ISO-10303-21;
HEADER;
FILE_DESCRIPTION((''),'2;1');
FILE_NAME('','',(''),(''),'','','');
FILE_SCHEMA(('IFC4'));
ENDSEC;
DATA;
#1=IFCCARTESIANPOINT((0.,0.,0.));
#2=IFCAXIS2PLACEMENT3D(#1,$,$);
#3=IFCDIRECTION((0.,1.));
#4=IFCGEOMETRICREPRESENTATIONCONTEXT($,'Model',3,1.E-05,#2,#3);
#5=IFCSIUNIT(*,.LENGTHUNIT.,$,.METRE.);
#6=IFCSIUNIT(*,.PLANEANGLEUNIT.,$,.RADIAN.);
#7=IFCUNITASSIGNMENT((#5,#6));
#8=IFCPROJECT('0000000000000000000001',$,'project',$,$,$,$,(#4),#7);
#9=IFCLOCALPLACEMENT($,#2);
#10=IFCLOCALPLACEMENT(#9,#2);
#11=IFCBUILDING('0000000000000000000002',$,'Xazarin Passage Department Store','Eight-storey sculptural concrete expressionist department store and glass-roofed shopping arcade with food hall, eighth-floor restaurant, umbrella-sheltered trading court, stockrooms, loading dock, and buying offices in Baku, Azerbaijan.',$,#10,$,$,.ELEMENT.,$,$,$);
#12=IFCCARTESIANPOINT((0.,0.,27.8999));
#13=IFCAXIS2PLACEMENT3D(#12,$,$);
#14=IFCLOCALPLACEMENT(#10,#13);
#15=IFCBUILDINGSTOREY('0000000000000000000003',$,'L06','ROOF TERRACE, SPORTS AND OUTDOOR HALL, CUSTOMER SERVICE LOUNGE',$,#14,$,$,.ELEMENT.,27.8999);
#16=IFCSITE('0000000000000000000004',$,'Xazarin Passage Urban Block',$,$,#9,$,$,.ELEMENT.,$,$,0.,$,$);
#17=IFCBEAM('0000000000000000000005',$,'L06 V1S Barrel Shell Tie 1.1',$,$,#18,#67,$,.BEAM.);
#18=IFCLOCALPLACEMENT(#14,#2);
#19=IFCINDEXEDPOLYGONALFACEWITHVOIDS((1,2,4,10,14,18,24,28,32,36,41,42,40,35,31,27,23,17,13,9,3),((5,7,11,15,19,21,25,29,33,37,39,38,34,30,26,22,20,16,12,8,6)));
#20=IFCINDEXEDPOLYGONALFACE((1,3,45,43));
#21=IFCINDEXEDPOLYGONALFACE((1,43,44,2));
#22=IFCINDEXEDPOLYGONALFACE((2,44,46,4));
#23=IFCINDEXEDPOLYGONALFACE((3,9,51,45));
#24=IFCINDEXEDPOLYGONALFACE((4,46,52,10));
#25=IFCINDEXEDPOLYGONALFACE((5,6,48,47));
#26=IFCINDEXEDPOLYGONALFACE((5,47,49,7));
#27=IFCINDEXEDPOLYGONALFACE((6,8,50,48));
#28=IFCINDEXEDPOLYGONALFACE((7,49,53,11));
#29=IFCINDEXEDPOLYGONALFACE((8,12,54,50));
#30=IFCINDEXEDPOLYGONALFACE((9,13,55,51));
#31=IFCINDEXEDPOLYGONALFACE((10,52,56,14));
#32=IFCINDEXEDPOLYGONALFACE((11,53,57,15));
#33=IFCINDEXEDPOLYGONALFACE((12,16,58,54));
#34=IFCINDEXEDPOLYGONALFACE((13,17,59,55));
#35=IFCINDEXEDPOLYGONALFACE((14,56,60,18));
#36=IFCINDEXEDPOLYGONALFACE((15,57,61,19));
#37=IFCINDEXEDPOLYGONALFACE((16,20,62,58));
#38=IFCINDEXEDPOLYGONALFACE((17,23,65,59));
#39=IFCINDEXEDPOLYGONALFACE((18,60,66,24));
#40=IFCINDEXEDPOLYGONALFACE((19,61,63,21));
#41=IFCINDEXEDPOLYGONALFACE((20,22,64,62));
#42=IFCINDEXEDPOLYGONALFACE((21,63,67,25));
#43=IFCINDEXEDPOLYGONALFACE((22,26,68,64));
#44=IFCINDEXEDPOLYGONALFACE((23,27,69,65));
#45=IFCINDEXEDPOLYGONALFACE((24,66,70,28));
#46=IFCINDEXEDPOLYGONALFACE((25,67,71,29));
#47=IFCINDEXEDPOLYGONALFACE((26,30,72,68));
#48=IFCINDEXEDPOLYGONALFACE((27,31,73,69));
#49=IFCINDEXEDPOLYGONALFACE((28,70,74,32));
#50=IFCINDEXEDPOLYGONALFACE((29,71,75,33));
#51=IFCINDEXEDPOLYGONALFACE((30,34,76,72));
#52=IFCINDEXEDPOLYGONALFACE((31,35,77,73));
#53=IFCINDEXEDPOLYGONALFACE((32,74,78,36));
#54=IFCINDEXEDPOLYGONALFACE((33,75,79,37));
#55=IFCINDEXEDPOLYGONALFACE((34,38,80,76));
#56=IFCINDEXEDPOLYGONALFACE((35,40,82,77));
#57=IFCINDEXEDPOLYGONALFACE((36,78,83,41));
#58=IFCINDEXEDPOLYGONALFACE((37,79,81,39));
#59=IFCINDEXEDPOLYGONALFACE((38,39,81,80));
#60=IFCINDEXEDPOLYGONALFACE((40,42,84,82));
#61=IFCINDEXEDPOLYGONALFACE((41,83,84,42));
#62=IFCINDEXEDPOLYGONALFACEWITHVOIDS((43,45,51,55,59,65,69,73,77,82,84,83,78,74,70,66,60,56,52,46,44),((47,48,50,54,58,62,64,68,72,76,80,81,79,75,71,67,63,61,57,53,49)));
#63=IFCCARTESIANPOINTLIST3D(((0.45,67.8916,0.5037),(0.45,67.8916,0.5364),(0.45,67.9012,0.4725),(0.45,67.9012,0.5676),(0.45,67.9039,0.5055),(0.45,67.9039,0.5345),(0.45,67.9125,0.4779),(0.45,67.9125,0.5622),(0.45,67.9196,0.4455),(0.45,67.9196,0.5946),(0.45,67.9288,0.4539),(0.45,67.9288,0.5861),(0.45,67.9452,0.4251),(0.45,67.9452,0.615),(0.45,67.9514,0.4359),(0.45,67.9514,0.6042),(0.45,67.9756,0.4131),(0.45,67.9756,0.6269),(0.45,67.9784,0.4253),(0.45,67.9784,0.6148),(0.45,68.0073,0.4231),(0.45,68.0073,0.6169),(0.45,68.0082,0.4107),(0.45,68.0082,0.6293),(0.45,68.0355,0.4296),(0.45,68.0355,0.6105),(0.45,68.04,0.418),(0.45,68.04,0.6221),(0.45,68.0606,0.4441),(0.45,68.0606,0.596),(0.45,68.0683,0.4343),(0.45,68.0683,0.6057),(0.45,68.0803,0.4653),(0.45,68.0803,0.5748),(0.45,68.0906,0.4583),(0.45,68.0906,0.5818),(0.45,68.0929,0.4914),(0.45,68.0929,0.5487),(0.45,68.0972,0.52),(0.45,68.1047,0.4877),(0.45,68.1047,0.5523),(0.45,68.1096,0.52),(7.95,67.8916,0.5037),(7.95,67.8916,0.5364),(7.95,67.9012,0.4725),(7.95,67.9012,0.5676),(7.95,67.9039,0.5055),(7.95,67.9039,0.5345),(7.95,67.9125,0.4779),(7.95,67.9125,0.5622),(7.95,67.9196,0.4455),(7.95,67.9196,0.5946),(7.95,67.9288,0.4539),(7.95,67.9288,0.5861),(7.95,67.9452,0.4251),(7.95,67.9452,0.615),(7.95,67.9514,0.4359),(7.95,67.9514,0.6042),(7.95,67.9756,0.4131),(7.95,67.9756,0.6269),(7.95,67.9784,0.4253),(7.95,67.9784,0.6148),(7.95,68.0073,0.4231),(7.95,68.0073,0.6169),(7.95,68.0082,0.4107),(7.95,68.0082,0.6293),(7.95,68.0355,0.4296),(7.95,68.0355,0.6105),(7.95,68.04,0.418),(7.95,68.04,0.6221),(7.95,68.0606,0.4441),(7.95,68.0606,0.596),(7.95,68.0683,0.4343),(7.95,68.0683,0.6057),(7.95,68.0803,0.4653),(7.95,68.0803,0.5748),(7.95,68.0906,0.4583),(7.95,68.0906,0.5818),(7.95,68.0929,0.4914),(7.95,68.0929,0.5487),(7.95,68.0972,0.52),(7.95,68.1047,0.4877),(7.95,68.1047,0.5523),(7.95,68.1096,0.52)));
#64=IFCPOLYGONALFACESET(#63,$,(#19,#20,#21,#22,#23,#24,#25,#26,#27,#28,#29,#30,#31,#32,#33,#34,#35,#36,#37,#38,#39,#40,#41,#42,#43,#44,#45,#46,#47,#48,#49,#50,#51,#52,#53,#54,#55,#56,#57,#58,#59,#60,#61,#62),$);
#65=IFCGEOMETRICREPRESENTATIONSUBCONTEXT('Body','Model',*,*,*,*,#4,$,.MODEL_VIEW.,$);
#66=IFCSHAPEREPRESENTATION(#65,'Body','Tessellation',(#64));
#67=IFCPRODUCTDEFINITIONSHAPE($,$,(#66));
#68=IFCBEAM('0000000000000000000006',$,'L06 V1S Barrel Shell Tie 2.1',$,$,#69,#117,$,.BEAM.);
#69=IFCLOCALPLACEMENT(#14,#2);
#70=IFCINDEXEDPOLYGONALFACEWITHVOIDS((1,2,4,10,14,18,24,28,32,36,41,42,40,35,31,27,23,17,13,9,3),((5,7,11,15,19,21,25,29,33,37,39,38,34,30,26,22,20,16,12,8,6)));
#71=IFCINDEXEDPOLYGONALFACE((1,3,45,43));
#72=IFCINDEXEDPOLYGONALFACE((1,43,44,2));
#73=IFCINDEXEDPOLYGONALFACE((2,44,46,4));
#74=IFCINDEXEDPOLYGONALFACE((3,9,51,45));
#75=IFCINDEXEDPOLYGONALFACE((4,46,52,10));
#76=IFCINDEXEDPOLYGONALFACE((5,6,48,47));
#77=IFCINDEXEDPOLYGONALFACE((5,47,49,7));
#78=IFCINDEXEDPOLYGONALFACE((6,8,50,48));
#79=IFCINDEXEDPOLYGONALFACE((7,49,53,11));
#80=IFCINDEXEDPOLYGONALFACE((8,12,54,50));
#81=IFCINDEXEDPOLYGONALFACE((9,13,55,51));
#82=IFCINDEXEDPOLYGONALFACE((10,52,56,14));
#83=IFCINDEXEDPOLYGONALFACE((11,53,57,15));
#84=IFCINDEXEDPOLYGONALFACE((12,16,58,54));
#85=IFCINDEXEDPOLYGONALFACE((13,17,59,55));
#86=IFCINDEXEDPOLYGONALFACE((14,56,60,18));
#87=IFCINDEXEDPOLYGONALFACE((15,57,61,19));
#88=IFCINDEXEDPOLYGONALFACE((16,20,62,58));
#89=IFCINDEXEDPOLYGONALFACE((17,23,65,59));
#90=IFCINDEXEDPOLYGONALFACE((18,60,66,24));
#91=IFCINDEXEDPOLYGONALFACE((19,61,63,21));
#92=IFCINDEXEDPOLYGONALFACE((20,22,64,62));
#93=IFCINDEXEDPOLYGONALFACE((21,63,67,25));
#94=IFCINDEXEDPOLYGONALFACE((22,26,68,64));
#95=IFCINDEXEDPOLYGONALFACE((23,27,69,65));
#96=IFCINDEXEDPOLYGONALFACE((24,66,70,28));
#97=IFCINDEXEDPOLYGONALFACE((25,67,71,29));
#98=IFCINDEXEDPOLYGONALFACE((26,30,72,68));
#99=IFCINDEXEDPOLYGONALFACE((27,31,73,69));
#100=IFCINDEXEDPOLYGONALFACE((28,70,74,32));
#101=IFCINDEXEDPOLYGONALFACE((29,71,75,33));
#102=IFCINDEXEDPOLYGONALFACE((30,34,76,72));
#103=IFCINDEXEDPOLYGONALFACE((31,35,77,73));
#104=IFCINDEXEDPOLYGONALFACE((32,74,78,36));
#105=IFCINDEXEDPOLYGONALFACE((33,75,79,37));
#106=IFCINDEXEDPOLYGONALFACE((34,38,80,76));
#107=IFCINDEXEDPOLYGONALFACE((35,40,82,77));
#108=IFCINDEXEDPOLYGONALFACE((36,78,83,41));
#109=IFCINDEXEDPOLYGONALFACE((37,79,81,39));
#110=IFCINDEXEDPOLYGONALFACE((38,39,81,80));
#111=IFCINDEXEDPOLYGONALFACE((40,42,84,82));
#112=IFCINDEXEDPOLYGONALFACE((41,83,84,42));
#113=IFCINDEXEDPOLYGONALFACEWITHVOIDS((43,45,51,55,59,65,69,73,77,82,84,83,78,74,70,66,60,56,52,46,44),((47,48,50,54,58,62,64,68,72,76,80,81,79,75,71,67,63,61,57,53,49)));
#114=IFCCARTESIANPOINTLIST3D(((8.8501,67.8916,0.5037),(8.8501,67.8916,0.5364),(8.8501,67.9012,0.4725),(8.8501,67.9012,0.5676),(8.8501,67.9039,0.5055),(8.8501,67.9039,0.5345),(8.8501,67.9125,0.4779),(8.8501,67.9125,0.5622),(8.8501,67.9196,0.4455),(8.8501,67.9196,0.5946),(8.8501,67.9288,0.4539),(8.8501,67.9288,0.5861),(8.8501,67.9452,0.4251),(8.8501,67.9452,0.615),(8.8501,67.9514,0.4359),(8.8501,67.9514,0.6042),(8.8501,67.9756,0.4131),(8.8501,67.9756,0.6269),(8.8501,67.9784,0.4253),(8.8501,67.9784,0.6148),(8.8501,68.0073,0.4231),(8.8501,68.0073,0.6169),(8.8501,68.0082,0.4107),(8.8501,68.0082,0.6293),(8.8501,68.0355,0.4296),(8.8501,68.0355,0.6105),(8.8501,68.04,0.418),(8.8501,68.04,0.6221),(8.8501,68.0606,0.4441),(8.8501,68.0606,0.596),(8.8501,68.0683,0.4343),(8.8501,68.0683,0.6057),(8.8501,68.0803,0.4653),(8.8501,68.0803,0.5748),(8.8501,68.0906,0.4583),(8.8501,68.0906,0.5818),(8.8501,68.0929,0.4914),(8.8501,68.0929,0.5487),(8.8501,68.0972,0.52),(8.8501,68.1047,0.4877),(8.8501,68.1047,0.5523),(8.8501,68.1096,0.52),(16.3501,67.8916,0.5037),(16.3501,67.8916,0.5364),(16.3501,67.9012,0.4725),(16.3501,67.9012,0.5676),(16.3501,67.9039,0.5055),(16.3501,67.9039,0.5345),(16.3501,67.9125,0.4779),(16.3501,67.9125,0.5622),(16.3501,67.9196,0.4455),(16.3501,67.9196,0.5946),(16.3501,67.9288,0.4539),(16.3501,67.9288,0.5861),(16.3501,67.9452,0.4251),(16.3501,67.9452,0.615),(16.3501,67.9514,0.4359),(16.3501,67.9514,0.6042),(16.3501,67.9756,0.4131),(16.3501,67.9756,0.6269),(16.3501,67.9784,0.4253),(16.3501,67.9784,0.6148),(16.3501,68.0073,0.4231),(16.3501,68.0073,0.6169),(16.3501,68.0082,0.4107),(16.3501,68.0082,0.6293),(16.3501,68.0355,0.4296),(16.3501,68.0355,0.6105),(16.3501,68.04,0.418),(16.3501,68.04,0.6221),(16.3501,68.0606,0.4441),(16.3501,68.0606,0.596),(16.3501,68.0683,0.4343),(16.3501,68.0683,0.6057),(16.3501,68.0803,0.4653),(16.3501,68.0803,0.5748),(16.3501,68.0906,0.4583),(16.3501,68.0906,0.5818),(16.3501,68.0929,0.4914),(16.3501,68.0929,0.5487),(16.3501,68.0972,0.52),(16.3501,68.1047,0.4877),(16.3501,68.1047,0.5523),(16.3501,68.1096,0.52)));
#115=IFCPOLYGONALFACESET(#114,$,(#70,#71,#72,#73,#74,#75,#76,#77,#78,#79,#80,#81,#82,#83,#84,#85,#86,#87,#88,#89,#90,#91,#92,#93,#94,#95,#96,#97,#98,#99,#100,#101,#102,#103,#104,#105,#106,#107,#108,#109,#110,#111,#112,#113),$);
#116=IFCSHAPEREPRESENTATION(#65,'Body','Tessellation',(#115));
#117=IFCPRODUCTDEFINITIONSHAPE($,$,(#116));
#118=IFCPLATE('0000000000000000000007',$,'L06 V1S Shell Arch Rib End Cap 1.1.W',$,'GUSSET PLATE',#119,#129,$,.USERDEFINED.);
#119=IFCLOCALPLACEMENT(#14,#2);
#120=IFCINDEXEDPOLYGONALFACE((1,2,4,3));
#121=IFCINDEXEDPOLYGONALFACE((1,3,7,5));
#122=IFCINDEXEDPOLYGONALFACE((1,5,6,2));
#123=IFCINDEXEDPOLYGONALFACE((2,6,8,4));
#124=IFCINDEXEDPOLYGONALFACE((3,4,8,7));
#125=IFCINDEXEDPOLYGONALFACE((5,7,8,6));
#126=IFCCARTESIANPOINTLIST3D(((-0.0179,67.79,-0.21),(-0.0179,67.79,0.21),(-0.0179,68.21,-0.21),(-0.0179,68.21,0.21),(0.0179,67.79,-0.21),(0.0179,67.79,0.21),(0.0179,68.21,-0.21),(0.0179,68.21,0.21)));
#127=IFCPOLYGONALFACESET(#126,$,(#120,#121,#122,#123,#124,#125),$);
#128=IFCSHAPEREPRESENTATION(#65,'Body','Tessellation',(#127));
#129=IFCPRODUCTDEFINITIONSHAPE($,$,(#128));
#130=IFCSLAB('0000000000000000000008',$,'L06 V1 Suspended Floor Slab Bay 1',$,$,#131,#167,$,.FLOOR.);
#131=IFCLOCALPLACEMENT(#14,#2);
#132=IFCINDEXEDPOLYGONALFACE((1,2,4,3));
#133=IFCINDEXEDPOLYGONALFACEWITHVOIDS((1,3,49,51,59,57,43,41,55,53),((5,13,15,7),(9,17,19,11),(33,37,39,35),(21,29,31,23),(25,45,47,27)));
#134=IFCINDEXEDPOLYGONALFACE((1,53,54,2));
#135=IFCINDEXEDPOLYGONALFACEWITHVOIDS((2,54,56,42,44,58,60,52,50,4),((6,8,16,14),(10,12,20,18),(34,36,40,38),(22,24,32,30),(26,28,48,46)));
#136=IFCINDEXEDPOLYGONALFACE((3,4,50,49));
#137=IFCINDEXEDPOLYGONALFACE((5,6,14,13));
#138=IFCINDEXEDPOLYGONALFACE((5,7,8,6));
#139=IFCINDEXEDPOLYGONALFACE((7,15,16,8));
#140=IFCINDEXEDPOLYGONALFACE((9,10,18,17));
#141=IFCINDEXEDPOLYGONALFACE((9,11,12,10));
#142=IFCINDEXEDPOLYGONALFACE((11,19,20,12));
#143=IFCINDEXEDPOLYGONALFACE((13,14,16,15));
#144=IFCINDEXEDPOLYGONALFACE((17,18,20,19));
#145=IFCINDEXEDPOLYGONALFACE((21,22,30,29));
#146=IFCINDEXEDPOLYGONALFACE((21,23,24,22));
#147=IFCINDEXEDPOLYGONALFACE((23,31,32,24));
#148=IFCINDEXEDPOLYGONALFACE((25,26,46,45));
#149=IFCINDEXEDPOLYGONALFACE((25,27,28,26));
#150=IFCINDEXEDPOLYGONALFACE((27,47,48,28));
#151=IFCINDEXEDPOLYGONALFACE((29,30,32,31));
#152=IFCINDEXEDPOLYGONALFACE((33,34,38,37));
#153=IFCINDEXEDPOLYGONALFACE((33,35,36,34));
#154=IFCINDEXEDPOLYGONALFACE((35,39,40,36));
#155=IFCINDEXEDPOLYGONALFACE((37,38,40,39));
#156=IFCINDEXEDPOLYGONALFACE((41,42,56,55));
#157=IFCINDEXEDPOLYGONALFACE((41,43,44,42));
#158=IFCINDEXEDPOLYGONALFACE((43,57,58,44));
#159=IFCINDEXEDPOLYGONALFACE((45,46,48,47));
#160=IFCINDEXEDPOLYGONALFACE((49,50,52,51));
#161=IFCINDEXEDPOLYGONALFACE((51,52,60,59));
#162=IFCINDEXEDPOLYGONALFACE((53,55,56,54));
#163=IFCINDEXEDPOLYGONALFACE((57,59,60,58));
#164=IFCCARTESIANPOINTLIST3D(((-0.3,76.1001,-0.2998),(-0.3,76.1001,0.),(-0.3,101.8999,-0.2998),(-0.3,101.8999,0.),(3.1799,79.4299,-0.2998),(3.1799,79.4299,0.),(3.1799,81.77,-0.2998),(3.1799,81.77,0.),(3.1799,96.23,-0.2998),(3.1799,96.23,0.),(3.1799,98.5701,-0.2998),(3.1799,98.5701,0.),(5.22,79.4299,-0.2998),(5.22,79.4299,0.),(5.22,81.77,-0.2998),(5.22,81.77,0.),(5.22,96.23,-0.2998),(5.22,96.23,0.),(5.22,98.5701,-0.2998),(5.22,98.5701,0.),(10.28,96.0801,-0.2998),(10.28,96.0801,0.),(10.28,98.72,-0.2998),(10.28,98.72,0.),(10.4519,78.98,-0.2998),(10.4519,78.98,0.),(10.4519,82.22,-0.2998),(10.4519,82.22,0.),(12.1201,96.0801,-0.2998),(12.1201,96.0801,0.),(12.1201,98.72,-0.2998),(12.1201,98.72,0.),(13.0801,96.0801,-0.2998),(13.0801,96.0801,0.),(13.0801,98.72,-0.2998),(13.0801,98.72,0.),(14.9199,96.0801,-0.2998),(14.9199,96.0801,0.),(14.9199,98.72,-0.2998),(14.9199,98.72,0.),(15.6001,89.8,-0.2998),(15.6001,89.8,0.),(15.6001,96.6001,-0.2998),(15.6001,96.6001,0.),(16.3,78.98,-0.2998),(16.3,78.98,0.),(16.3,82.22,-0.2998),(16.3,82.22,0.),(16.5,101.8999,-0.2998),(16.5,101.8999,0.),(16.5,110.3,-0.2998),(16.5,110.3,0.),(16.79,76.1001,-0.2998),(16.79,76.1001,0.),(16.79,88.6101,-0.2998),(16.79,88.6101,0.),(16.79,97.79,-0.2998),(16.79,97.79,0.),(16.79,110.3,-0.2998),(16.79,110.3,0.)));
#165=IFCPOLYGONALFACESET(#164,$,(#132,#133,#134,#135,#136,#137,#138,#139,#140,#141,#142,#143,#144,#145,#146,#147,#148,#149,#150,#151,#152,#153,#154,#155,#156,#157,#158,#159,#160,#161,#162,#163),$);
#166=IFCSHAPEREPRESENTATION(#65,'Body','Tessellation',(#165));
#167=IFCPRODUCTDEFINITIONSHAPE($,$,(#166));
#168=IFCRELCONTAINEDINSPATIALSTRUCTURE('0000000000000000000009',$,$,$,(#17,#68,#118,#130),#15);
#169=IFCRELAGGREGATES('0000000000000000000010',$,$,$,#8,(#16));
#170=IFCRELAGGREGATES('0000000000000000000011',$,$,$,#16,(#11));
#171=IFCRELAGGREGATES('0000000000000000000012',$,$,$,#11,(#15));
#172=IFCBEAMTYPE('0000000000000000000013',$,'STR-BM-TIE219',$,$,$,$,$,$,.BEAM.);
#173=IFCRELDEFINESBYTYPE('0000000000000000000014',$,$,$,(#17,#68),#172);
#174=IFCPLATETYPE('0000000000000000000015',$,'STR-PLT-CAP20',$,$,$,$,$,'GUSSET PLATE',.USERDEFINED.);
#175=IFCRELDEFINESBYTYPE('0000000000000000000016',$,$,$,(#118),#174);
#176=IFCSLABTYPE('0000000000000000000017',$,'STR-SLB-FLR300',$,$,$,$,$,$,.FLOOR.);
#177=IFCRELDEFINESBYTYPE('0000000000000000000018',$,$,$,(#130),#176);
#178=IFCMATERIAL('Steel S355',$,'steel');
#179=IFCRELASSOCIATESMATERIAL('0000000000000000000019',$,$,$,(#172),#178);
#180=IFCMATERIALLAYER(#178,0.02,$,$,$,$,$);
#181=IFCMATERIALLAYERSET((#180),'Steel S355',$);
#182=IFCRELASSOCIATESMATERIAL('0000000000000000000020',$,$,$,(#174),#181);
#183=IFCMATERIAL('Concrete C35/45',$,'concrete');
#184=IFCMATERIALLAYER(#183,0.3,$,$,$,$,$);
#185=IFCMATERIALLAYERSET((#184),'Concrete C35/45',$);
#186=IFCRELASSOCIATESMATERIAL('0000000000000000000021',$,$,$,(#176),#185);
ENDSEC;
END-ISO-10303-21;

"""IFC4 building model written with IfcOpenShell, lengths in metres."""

from ifc_helpers import new_model, si_unit, direction, frame, origin, origin_2d, place, context, subcontext, project, spatial, polyline, rectangle, hollow_circle, outline, extrude, material, layer, layer_set, material_profile, profile_set, type_object, element, save


model = new_model("IFC4")

# Units and contexts
model_context = context("Model", 3, precision=1e-05, world=origin(), true_north=direction((0.0, 1.0)))
body_context = subcontext(model_context, "Body", "Model", "MODEL_VIEW")
ifc_project = project(units=[si_unit("LENGTHUNIT", "METRE"), si_unit("PLANEANGLEUNIT", "RADIAN")], contexts=[model_context])

# Site, building, storey
site_placement = place(None, origin())
site = spatial("IfcSite", under=ifc_project, at=site_placement, Name="Xazarin Passage Urban Block", CompositionType="ELEMENT", RefElevation=0.0)
building_placement = place(site_placement, origin())
building = spatial("IfcBuilding", under=site, at=building_placement, Name="Xazarin Passage Department Store", Description="Eight-storey sculptural concrete expressionist department store and glass-roofed shopping arcade with food hall, eighth-floor restaurant, umbrella-sheltered trading court, stockrooms, loading dock, and buying offices in Baku, Azerbaijan.", CompositionType="ELEMENT")
storey_placement = place(building_placement, frame((0.0, 0.0, 27.8999)))
storey = spatial("IfcBuildingStorey", under=building, at=storey_placement, Name="L06", Description="ROOF TERRACE, SPORTS AND OUTDOOR HALL, CUSTOMER SERVICE LOUNGE", CompositionType="ELEMENT", Elevation=27.8999)

# Beams
ifc_material_1 = material(Name="Steel S355", Category="steel")
ifc_material_profile_1 = material_profile(ifc_material_1, hollow_circle(Radius=0.1096, WallThickness=0.0125, at=origin_2d()), Name="CHS 219.1x12.5")
ifc_profile_set_1 = profile_set([ifc_material_profile_1], Name="Steel S355")
beam_type_1 = type_object("IfcBeamType", Name="STR-BM-TIE219", PredefinedType="BEAM", material=ifc_profile_set_1)
for number, where, z_axis, x_axis, name in (
    (1, (0.45, 68.0, 0.52), (1.0, 0.0, 0.0), (0.0, 1.0, 0.0), "L06 V1S Barrel Shell Tie 1.1"),
    (2, (8.8501, 68.0, 0.52), (1.0, 0.0, 0.0), (0.0, 1.0, 0.0), "L06 V1S Barrel Shell Tie 2.1"),
):
    element("IfcBeam", number, at=place(storey_placement, frame(where, z_axis=z_axis, x_axis=x_axis)), inside=storey, type_object=beam_type_1, Name=name, PredefinedType="BEAM", context=body_context, shape_type="SweptSolid", body=[
        extrude(hollow_circle(Radius=0.1096, WallThickness=0.0125, at=origin_2d()), origin(), (0.0, 0.0, 1.0), 7.5),
    ])

# Plate
ifc_layer_1 = layer(ifc_material_1, 0.02)
ifc_layer_set_1 = layer_set([ifc_layer_1], Name="Steel S355")
plate_type = type_object("IfcPlateType", Name="STR-PLT-CAP20", ElementType="GUSSET PLATE", PredefinedType="USERDEFINED", material=ifc_layer_set_1)
plate_placement = place(storey_placement, frame((0.0, 68.0, -0.21), z_axis=(0.0, 0.0, 1.0), x_axis=(1.0, 0.0, 0.0)))
element("IfcPlate", 3, at=plate_placement, inside=storey, type_object=plate_type, Name="L06 V1S Shell Arch Rib End Cap 1.1.W", ObjectType="GUSSET PLATE", PredefinedType="USERDEFINED", context=body_context, shape_type="SweptSolid", body=[
    extrude(rectangle(XDim=0.0359, YDim=0.4199, at=origin_2d()), origin(), (0.0, 0.0, 1.0), 0.4199),
])

# Slab
ifc_material_2 = material(Name="Concrete C35/45", Category="concrete")
ifc_layer_2 = layer(ifc_material_2, 0.3)
ifc_layer_set_2 = layer_set([ifc_layer_2], Name="Concrete C35/45")
slab_type_1 = type_object("IfcSlabType", Name="STR-SLB-FLR300", PredefinedType="FLOOR", material=ifc_layer_set_2)
slab_1_placement = place(storey_placement, frame((0.0, 0.0, -0.2998)))
element("IfcSlab", 4, at=slab_1_placement, inside=storey, type_object=slab_type_1, Name="L06 V1 Suspended Floor Slab Bay 1", PredefinedType="FLOOR", context=body_context, shape_type="SweptSolid", body=[
    extrude(outline(polyline([(16.79, 76.1001), (16.79, 88.6101), (15.6001, 89.8), (15.6001, 96.6001), (16.79, 97.79), (16.79, 110.3), (16.5, 110.3), (16.5, 101.8999), (-0.3, 101.8999), (-0.3, 76.1001), (16.79, 76.1001)]), holes=[polyline([(16.3, 82.22), (16.3, 78.98), (10.4519, 78.98), (10.4519, 82.22), (16.3, 82.22)]), polyline([(13.0801, 98.72), (14.9199, 98.72), (14.9199, 96.0801), (13.0801, 96.0801), (13.0801, 98.72)]), polyline([(10.28, 98.72), (12.1201, 98.72), (12.1201, 96.0801), (10.28, 96.0801), (10.28, 98.72)]), polyline([(3.1799, 81.77), (5.22, 81.77), (5.22, 79.4299), (3.1799, 79.4299), (3.1799, 81.77)]), polyline([(3.1799, 98.5701), (5.22, 98.5701), (5.22, 96.23), (3.1799, 96.23), (3.1799, 98.5701)])]), origin(), (0.0, 0.0, 1.0), 0.2998),
])

save(model, "model.ifc")
